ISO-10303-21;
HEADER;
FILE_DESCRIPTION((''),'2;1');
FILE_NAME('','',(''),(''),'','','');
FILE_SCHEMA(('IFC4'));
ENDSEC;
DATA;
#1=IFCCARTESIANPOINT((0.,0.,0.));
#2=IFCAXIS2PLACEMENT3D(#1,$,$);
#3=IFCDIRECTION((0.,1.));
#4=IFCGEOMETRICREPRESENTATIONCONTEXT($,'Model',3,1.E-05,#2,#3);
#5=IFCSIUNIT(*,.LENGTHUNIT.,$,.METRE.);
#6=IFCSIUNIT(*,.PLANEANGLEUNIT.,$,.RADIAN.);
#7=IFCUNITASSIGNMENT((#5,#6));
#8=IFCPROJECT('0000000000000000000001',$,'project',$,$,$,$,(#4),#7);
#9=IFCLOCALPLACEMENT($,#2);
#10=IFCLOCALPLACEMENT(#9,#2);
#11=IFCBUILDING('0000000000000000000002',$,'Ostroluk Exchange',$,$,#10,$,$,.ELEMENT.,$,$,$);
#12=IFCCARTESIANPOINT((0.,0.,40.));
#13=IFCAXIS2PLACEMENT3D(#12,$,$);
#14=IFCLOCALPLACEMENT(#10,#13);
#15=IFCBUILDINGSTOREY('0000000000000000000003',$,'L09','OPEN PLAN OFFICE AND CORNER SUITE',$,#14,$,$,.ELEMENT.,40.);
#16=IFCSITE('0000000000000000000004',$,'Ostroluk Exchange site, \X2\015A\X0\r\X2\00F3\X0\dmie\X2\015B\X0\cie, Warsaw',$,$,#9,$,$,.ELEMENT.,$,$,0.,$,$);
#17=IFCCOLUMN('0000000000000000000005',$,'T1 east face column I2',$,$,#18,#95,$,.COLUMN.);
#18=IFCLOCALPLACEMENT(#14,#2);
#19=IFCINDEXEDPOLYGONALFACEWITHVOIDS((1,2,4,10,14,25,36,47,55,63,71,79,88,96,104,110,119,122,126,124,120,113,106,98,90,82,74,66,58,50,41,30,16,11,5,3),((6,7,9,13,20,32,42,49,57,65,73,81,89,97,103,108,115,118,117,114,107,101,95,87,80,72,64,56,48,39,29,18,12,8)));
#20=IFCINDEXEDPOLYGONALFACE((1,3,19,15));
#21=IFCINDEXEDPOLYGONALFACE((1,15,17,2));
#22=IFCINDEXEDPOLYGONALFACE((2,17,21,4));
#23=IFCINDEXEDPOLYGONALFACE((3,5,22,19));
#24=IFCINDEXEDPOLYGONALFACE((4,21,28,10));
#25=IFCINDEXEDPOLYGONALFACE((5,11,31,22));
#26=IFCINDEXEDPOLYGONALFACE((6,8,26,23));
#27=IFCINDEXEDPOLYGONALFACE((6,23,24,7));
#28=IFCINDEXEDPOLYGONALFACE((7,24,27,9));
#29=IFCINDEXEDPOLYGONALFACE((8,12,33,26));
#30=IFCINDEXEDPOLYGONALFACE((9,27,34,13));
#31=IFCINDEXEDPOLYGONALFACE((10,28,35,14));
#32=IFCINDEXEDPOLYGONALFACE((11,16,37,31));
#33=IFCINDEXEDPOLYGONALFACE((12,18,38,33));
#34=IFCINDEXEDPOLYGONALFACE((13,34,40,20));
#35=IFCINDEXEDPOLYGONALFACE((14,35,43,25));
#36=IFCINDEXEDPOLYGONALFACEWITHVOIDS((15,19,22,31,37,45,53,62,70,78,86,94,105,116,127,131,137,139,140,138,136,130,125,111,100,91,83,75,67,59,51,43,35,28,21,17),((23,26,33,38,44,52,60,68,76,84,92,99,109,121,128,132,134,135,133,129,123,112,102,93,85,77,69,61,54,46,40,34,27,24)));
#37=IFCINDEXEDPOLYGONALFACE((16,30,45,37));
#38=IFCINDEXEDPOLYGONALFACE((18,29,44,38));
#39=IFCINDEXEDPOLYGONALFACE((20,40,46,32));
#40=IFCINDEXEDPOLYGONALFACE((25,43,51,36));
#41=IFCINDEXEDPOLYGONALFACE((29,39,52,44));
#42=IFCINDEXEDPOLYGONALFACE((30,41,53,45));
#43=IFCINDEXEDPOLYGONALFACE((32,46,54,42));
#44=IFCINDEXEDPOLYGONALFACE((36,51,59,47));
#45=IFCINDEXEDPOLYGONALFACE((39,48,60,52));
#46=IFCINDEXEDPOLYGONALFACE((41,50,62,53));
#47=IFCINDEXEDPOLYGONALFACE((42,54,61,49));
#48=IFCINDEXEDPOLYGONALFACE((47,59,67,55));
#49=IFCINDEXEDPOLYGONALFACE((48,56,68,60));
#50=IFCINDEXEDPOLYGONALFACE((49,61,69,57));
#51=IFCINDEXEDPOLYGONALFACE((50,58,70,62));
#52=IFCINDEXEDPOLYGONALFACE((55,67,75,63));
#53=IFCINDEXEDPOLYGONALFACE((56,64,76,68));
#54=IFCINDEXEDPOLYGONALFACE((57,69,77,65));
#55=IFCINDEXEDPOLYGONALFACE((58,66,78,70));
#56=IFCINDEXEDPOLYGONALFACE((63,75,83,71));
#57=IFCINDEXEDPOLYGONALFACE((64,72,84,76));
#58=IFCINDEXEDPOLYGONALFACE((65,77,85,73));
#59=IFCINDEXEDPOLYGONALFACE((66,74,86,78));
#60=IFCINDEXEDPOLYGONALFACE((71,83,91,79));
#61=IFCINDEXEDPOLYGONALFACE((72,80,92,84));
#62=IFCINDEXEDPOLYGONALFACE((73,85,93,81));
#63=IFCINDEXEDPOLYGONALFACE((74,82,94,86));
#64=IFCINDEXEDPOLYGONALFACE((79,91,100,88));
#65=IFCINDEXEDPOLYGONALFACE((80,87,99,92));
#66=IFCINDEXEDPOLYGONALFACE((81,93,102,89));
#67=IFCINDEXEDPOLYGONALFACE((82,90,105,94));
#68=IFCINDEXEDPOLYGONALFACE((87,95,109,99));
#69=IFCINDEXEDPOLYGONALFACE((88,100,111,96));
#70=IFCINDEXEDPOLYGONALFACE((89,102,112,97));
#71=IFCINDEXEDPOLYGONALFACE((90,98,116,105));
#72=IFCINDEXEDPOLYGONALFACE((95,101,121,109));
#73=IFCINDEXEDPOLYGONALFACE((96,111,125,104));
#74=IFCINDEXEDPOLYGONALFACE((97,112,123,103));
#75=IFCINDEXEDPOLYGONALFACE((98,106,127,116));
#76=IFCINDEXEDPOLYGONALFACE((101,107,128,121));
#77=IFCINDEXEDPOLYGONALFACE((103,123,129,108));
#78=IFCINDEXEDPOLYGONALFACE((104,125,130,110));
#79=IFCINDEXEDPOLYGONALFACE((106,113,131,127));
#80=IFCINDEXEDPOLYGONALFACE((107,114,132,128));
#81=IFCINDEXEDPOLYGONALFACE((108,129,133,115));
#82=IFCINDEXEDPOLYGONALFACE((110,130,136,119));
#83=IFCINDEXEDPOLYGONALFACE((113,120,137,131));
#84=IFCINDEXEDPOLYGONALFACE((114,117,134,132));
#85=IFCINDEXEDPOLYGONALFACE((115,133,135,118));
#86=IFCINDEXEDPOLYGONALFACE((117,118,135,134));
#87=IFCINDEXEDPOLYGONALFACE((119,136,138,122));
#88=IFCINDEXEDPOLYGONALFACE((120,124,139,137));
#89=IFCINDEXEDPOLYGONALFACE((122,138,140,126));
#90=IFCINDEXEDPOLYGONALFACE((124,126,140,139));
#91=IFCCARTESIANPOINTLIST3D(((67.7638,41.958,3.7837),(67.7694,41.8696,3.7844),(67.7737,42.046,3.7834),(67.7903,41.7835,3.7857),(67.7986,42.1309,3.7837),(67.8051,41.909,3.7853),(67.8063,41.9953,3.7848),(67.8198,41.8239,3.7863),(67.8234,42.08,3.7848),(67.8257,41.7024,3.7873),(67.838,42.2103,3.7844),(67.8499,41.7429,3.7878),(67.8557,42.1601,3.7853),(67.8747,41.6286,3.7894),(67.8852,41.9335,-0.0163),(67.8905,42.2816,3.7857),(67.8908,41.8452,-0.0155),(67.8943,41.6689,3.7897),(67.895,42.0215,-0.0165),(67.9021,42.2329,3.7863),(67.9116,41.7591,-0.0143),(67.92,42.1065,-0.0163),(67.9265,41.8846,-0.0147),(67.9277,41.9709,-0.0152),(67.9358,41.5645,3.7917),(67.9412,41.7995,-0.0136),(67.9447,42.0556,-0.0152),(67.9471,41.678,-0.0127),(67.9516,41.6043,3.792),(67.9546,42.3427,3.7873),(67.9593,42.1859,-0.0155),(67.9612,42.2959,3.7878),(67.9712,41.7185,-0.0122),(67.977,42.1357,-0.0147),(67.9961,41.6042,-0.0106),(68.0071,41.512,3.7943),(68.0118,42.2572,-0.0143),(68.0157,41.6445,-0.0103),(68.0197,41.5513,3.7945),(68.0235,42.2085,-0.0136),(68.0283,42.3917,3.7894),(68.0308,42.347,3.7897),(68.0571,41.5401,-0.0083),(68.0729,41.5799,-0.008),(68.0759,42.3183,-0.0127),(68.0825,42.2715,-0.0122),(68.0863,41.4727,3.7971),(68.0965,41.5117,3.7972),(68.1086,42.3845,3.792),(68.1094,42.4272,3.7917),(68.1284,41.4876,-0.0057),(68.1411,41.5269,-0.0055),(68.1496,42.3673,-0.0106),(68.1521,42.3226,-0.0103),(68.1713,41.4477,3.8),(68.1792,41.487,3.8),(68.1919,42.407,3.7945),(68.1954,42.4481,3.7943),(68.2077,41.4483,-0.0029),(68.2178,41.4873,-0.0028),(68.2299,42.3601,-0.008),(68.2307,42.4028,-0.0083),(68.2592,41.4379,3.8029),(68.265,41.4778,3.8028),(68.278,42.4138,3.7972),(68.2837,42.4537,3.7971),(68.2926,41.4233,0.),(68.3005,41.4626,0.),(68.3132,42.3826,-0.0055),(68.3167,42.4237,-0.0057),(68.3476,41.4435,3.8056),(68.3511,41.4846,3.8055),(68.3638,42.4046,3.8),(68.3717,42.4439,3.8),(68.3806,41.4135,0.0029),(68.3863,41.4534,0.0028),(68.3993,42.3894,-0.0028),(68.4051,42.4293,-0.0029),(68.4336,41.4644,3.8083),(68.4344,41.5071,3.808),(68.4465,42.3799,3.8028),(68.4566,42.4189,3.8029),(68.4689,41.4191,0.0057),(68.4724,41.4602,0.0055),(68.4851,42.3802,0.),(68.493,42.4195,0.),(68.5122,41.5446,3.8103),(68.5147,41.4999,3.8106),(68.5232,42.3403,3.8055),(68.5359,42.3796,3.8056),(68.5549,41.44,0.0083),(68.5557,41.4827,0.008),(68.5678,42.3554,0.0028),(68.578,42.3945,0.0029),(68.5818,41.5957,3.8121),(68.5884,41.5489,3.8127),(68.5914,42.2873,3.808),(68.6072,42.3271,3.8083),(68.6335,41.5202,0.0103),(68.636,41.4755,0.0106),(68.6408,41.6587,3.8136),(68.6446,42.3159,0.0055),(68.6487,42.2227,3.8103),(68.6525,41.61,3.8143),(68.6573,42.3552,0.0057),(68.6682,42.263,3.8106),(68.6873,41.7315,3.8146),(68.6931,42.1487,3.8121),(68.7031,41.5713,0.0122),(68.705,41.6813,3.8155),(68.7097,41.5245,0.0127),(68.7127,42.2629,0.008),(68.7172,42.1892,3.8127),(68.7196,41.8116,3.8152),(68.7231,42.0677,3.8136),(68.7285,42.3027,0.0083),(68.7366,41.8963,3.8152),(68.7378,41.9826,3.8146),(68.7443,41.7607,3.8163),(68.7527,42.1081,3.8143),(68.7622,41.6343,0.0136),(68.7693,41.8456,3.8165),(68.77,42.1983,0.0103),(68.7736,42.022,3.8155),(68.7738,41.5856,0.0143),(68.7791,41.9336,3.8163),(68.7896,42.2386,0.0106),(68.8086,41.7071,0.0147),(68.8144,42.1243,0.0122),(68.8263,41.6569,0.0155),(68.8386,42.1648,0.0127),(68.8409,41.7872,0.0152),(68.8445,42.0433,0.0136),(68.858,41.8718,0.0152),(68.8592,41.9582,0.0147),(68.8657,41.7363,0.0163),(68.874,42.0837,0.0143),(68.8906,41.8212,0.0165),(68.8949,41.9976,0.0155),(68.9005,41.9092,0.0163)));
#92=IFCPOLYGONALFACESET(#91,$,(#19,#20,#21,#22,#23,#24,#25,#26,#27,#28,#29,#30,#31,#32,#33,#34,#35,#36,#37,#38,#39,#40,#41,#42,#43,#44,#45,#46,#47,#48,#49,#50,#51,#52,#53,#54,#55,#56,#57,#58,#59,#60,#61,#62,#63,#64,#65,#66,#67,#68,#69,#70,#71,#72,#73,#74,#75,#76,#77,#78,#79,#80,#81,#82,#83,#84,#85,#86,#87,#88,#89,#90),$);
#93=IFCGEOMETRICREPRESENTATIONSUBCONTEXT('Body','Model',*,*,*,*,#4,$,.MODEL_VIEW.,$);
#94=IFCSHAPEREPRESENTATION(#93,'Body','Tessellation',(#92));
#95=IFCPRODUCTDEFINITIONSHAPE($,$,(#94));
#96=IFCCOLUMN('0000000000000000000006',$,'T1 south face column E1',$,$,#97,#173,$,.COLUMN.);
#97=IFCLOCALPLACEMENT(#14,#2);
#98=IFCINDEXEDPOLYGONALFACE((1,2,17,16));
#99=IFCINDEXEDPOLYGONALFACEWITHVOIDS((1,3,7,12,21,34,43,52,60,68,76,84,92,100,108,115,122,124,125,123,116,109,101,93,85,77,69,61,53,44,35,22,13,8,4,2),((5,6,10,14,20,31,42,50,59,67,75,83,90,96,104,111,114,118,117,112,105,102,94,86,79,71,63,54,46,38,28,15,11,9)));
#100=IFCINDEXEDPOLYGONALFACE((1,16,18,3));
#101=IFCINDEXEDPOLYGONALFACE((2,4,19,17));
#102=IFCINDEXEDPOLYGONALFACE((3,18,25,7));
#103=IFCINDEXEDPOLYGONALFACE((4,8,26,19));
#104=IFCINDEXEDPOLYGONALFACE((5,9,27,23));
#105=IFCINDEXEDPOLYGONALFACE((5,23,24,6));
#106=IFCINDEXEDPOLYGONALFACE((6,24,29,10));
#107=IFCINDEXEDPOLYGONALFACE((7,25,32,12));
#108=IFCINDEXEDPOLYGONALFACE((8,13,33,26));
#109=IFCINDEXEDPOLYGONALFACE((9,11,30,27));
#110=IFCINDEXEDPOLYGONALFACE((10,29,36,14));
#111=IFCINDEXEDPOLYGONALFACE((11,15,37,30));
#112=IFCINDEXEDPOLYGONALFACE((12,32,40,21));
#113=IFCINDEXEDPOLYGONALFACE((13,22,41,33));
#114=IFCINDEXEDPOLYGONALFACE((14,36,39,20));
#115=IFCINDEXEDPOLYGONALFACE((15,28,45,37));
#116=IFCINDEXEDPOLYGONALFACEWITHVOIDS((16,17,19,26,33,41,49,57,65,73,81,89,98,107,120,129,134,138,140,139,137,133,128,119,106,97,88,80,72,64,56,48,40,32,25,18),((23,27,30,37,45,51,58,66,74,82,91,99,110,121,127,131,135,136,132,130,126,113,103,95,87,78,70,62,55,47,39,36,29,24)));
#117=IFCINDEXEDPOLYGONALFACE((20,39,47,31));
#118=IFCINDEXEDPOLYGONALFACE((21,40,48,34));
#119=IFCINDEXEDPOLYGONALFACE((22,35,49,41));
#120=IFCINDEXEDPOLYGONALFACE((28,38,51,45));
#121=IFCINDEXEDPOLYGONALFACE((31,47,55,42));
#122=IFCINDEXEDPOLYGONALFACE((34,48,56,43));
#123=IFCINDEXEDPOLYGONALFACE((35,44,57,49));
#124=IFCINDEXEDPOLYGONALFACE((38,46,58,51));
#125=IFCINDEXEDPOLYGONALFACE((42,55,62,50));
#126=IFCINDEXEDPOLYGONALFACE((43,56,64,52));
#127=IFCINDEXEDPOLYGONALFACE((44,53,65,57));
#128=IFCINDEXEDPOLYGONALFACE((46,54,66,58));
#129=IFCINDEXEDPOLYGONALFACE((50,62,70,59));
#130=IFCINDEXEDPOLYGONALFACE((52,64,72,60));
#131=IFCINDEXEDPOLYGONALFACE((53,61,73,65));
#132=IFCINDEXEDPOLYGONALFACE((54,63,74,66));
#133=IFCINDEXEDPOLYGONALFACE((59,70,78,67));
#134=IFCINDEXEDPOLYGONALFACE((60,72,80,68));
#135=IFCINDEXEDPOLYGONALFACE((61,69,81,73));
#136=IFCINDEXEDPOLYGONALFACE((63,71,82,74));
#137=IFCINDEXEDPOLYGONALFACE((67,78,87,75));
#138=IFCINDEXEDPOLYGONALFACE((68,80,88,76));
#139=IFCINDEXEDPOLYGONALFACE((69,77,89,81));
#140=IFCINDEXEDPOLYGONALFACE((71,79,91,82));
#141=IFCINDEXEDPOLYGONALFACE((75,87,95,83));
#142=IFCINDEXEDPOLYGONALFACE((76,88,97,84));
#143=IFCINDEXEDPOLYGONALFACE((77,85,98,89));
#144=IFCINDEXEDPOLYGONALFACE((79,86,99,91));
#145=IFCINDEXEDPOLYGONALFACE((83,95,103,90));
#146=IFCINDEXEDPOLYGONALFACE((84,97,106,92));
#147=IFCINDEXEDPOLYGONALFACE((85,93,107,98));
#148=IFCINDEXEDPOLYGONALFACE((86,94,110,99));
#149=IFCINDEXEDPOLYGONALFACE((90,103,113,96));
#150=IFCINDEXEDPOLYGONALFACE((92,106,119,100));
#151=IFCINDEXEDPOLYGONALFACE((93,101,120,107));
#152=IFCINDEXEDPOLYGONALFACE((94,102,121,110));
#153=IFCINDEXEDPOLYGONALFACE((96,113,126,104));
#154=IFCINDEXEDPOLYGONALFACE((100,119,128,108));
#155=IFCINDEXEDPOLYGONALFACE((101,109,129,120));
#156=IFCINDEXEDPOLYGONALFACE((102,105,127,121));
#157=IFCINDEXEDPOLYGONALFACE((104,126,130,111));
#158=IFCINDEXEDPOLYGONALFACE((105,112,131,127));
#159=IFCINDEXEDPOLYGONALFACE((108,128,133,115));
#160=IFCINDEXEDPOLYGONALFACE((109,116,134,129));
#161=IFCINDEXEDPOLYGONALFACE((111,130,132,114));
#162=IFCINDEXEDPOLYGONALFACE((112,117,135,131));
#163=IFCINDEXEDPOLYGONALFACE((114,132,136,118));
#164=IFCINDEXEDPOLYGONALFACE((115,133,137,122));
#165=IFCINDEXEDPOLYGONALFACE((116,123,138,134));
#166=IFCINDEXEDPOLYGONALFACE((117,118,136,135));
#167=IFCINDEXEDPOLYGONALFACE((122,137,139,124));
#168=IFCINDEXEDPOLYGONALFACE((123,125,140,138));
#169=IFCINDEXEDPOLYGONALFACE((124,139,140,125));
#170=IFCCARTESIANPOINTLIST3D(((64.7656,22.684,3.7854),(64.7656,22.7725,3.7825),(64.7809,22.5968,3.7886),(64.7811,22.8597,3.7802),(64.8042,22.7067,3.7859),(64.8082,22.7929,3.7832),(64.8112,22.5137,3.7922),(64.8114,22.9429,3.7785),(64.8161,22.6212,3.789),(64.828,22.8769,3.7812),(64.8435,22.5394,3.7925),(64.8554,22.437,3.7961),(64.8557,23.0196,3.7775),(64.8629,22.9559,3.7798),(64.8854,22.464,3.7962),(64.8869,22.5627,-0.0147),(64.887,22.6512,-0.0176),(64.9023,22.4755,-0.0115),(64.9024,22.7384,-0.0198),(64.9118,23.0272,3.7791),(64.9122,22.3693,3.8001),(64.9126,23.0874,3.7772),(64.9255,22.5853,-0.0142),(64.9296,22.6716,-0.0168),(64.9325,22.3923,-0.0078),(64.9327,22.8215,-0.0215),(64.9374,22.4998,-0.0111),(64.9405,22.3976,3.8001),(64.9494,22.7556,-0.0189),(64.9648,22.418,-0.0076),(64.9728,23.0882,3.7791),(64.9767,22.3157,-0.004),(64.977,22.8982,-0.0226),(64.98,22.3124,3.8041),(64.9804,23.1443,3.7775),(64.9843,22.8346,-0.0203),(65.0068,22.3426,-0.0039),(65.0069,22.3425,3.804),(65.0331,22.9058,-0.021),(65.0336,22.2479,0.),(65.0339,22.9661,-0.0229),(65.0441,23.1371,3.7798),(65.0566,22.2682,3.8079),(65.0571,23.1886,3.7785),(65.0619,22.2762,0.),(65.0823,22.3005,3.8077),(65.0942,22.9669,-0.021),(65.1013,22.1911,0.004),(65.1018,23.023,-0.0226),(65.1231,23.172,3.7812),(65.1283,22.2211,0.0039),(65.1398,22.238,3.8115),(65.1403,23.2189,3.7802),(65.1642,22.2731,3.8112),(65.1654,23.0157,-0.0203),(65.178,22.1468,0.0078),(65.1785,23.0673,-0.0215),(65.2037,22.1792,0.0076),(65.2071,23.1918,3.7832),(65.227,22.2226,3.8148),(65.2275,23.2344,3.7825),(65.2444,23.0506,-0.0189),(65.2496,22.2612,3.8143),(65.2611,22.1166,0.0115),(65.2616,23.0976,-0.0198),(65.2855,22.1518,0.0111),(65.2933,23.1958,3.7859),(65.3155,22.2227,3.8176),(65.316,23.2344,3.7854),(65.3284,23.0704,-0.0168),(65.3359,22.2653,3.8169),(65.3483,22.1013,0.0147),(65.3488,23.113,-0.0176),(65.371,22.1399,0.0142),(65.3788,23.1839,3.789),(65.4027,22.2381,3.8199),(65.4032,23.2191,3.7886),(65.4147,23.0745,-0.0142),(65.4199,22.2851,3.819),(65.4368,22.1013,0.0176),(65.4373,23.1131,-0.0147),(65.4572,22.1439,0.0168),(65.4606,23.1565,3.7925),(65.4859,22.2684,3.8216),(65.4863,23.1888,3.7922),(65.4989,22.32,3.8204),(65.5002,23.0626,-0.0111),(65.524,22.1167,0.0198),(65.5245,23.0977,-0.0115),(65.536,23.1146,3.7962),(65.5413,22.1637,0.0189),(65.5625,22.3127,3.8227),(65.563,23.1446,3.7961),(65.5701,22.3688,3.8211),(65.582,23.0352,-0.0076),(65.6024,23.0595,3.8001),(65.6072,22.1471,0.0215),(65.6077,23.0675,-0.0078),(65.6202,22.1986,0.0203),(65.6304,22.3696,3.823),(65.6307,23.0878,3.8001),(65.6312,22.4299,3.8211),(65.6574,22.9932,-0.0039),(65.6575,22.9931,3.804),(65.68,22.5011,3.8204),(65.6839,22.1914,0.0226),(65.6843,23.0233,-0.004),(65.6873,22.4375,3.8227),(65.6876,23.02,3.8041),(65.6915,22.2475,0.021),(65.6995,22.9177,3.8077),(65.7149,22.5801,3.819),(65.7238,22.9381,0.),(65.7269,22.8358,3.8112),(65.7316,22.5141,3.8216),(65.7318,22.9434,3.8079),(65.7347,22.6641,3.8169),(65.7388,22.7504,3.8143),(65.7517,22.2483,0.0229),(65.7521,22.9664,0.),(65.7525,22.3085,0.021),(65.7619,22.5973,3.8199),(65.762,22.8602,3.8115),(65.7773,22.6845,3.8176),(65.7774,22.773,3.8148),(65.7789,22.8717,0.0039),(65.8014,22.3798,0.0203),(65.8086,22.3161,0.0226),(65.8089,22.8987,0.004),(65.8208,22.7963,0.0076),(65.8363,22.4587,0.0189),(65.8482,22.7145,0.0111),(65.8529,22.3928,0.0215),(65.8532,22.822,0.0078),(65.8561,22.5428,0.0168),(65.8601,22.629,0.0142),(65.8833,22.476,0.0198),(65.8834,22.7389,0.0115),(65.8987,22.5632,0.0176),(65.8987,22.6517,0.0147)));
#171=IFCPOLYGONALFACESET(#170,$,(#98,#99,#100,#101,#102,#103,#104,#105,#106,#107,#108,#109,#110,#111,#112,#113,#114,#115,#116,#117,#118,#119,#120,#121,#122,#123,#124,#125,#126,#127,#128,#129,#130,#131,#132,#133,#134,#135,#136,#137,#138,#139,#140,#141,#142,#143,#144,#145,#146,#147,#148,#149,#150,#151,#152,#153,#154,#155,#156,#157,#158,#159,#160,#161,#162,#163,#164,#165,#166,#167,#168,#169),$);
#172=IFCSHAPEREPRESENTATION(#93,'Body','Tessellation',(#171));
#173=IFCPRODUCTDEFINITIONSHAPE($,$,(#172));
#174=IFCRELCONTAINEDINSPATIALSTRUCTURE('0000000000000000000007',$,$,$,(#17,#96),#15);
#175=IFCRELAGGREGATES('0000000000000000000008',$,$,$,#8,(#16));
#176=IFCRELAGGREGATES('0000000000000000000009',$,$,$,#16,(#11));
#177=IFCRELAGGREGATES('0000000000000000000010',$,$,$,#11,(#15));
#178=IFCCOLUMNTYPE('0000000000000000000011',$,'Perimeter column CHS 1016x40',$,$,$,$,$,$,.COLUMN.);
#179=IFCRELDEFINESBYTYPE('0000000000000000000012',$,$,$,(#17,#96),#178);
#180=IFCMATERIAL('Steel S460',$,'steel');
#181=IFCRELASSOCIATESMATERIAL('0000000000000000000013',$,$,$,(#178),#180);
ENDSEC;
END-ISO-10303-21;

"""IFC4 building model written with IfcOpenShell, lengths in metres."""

from ifc_helpers import new_model, si_unit, direction, frame, origin, origin_2d, place, context, subcontext, project, spatial, hollow_circle, extrude, material, material_profile, profile_set, type_object, element, save


model = new_model("IFC4")

# Units and contexts
model_context = context("Model", 3, precision=1e-05, world=origin(), true_north=direction((0.0, 1.0)))
body_context = subcontext(model_context, "Body", "Model", "MODEL_VIEW")
ifc_project = project(units=[si_unit("LENGTHUNIT", "METRE"), si_unit("PLANEANGLEUNIT", "RADIAN")], contexts=[model_context])

# Site, building, storey
site_placement = place(None, origin())
site = spatial("IfcSite", under=ifc_project, at=site_placement, Name="Ostroluk Exchange site, Śródmieście, Warsaw", CompositionType="ELEMENT", RefElevation=0.0)
building_placement = place(site_placement, origin())
building = spatial("IfcBuilding", under=site, at=building_placement, Name="Ostroluk Exchange", CompositionType="ELEMENT")
storey_placement = place(building_placement, frame((0.0, 0.0, 40.0)))
storey = spatial("IfcBuildingStorey", under=building, at=storey_placement, Name="L09", Description="OPEN PLAN OFFICE AND CORNER SUITE", CompositionType="ELEMENT", Elevation=40.0)

# Columns
ifc_material_1 = material(Name="Steel S460", Category="steel")
ifc_material_profile_1 = material_profile(ifc_material_1, hollow_circle(Radius=0.5081, WallThickness=0.04, at=origin_2d()), Name="CHS 1016x40")
ifc_profile_set_1 = profile_set([ifc_material_profile_1], Name="Steel S460")
column_type_1 = type_object("IfcColumnType", Name="Perimeter column CHS 1016x40", PredefinedType="COLUMN", material=ifc_profile_set_1)
column_1_placement = place(storey_placement, frame((68.3928, 41.9214, 0.0), z_axis=(-0.031914, 0.006421, 0.99947), x_axis=(-0.197254, -0.980352, 0.0)))
element("IfcColumn", 1, at=column_1_placement, inside=storey, type_object=column_type_1, Name="T1 east face column I2", PredefinedType="COLUMN", context=body_context, shape_type="SweptSolid", body=[
    extrude(hollow_circle(Radius=0.5081, WallThickness=0.04, at=origin_2d()), origin(), (0.0, 0.0, 1.0), 3.802),
])
column_2_placement = place(storey_placement, frame((65.3928, 22.6072, 0.0), z_axis=(-0.031898, 0.031898, 0.998982), x_axis=(-0.707107, -0.707107, 0.0)))
element("IfcColumn", 2, at=column_2_placement, inside=storey, type_object=column_type_1, Name="T1 south face column E1", PredefinedType="COLUMN", context=body_context, shape_type="SweptSolid", body=[
    extrude(hollow_circle(Radius=0.5081, WallThickness=0.04, at=origin_2d()), origin(), (0.0, 0.0, 1.0), 3.804),
])

save(model, "model.ifc")
